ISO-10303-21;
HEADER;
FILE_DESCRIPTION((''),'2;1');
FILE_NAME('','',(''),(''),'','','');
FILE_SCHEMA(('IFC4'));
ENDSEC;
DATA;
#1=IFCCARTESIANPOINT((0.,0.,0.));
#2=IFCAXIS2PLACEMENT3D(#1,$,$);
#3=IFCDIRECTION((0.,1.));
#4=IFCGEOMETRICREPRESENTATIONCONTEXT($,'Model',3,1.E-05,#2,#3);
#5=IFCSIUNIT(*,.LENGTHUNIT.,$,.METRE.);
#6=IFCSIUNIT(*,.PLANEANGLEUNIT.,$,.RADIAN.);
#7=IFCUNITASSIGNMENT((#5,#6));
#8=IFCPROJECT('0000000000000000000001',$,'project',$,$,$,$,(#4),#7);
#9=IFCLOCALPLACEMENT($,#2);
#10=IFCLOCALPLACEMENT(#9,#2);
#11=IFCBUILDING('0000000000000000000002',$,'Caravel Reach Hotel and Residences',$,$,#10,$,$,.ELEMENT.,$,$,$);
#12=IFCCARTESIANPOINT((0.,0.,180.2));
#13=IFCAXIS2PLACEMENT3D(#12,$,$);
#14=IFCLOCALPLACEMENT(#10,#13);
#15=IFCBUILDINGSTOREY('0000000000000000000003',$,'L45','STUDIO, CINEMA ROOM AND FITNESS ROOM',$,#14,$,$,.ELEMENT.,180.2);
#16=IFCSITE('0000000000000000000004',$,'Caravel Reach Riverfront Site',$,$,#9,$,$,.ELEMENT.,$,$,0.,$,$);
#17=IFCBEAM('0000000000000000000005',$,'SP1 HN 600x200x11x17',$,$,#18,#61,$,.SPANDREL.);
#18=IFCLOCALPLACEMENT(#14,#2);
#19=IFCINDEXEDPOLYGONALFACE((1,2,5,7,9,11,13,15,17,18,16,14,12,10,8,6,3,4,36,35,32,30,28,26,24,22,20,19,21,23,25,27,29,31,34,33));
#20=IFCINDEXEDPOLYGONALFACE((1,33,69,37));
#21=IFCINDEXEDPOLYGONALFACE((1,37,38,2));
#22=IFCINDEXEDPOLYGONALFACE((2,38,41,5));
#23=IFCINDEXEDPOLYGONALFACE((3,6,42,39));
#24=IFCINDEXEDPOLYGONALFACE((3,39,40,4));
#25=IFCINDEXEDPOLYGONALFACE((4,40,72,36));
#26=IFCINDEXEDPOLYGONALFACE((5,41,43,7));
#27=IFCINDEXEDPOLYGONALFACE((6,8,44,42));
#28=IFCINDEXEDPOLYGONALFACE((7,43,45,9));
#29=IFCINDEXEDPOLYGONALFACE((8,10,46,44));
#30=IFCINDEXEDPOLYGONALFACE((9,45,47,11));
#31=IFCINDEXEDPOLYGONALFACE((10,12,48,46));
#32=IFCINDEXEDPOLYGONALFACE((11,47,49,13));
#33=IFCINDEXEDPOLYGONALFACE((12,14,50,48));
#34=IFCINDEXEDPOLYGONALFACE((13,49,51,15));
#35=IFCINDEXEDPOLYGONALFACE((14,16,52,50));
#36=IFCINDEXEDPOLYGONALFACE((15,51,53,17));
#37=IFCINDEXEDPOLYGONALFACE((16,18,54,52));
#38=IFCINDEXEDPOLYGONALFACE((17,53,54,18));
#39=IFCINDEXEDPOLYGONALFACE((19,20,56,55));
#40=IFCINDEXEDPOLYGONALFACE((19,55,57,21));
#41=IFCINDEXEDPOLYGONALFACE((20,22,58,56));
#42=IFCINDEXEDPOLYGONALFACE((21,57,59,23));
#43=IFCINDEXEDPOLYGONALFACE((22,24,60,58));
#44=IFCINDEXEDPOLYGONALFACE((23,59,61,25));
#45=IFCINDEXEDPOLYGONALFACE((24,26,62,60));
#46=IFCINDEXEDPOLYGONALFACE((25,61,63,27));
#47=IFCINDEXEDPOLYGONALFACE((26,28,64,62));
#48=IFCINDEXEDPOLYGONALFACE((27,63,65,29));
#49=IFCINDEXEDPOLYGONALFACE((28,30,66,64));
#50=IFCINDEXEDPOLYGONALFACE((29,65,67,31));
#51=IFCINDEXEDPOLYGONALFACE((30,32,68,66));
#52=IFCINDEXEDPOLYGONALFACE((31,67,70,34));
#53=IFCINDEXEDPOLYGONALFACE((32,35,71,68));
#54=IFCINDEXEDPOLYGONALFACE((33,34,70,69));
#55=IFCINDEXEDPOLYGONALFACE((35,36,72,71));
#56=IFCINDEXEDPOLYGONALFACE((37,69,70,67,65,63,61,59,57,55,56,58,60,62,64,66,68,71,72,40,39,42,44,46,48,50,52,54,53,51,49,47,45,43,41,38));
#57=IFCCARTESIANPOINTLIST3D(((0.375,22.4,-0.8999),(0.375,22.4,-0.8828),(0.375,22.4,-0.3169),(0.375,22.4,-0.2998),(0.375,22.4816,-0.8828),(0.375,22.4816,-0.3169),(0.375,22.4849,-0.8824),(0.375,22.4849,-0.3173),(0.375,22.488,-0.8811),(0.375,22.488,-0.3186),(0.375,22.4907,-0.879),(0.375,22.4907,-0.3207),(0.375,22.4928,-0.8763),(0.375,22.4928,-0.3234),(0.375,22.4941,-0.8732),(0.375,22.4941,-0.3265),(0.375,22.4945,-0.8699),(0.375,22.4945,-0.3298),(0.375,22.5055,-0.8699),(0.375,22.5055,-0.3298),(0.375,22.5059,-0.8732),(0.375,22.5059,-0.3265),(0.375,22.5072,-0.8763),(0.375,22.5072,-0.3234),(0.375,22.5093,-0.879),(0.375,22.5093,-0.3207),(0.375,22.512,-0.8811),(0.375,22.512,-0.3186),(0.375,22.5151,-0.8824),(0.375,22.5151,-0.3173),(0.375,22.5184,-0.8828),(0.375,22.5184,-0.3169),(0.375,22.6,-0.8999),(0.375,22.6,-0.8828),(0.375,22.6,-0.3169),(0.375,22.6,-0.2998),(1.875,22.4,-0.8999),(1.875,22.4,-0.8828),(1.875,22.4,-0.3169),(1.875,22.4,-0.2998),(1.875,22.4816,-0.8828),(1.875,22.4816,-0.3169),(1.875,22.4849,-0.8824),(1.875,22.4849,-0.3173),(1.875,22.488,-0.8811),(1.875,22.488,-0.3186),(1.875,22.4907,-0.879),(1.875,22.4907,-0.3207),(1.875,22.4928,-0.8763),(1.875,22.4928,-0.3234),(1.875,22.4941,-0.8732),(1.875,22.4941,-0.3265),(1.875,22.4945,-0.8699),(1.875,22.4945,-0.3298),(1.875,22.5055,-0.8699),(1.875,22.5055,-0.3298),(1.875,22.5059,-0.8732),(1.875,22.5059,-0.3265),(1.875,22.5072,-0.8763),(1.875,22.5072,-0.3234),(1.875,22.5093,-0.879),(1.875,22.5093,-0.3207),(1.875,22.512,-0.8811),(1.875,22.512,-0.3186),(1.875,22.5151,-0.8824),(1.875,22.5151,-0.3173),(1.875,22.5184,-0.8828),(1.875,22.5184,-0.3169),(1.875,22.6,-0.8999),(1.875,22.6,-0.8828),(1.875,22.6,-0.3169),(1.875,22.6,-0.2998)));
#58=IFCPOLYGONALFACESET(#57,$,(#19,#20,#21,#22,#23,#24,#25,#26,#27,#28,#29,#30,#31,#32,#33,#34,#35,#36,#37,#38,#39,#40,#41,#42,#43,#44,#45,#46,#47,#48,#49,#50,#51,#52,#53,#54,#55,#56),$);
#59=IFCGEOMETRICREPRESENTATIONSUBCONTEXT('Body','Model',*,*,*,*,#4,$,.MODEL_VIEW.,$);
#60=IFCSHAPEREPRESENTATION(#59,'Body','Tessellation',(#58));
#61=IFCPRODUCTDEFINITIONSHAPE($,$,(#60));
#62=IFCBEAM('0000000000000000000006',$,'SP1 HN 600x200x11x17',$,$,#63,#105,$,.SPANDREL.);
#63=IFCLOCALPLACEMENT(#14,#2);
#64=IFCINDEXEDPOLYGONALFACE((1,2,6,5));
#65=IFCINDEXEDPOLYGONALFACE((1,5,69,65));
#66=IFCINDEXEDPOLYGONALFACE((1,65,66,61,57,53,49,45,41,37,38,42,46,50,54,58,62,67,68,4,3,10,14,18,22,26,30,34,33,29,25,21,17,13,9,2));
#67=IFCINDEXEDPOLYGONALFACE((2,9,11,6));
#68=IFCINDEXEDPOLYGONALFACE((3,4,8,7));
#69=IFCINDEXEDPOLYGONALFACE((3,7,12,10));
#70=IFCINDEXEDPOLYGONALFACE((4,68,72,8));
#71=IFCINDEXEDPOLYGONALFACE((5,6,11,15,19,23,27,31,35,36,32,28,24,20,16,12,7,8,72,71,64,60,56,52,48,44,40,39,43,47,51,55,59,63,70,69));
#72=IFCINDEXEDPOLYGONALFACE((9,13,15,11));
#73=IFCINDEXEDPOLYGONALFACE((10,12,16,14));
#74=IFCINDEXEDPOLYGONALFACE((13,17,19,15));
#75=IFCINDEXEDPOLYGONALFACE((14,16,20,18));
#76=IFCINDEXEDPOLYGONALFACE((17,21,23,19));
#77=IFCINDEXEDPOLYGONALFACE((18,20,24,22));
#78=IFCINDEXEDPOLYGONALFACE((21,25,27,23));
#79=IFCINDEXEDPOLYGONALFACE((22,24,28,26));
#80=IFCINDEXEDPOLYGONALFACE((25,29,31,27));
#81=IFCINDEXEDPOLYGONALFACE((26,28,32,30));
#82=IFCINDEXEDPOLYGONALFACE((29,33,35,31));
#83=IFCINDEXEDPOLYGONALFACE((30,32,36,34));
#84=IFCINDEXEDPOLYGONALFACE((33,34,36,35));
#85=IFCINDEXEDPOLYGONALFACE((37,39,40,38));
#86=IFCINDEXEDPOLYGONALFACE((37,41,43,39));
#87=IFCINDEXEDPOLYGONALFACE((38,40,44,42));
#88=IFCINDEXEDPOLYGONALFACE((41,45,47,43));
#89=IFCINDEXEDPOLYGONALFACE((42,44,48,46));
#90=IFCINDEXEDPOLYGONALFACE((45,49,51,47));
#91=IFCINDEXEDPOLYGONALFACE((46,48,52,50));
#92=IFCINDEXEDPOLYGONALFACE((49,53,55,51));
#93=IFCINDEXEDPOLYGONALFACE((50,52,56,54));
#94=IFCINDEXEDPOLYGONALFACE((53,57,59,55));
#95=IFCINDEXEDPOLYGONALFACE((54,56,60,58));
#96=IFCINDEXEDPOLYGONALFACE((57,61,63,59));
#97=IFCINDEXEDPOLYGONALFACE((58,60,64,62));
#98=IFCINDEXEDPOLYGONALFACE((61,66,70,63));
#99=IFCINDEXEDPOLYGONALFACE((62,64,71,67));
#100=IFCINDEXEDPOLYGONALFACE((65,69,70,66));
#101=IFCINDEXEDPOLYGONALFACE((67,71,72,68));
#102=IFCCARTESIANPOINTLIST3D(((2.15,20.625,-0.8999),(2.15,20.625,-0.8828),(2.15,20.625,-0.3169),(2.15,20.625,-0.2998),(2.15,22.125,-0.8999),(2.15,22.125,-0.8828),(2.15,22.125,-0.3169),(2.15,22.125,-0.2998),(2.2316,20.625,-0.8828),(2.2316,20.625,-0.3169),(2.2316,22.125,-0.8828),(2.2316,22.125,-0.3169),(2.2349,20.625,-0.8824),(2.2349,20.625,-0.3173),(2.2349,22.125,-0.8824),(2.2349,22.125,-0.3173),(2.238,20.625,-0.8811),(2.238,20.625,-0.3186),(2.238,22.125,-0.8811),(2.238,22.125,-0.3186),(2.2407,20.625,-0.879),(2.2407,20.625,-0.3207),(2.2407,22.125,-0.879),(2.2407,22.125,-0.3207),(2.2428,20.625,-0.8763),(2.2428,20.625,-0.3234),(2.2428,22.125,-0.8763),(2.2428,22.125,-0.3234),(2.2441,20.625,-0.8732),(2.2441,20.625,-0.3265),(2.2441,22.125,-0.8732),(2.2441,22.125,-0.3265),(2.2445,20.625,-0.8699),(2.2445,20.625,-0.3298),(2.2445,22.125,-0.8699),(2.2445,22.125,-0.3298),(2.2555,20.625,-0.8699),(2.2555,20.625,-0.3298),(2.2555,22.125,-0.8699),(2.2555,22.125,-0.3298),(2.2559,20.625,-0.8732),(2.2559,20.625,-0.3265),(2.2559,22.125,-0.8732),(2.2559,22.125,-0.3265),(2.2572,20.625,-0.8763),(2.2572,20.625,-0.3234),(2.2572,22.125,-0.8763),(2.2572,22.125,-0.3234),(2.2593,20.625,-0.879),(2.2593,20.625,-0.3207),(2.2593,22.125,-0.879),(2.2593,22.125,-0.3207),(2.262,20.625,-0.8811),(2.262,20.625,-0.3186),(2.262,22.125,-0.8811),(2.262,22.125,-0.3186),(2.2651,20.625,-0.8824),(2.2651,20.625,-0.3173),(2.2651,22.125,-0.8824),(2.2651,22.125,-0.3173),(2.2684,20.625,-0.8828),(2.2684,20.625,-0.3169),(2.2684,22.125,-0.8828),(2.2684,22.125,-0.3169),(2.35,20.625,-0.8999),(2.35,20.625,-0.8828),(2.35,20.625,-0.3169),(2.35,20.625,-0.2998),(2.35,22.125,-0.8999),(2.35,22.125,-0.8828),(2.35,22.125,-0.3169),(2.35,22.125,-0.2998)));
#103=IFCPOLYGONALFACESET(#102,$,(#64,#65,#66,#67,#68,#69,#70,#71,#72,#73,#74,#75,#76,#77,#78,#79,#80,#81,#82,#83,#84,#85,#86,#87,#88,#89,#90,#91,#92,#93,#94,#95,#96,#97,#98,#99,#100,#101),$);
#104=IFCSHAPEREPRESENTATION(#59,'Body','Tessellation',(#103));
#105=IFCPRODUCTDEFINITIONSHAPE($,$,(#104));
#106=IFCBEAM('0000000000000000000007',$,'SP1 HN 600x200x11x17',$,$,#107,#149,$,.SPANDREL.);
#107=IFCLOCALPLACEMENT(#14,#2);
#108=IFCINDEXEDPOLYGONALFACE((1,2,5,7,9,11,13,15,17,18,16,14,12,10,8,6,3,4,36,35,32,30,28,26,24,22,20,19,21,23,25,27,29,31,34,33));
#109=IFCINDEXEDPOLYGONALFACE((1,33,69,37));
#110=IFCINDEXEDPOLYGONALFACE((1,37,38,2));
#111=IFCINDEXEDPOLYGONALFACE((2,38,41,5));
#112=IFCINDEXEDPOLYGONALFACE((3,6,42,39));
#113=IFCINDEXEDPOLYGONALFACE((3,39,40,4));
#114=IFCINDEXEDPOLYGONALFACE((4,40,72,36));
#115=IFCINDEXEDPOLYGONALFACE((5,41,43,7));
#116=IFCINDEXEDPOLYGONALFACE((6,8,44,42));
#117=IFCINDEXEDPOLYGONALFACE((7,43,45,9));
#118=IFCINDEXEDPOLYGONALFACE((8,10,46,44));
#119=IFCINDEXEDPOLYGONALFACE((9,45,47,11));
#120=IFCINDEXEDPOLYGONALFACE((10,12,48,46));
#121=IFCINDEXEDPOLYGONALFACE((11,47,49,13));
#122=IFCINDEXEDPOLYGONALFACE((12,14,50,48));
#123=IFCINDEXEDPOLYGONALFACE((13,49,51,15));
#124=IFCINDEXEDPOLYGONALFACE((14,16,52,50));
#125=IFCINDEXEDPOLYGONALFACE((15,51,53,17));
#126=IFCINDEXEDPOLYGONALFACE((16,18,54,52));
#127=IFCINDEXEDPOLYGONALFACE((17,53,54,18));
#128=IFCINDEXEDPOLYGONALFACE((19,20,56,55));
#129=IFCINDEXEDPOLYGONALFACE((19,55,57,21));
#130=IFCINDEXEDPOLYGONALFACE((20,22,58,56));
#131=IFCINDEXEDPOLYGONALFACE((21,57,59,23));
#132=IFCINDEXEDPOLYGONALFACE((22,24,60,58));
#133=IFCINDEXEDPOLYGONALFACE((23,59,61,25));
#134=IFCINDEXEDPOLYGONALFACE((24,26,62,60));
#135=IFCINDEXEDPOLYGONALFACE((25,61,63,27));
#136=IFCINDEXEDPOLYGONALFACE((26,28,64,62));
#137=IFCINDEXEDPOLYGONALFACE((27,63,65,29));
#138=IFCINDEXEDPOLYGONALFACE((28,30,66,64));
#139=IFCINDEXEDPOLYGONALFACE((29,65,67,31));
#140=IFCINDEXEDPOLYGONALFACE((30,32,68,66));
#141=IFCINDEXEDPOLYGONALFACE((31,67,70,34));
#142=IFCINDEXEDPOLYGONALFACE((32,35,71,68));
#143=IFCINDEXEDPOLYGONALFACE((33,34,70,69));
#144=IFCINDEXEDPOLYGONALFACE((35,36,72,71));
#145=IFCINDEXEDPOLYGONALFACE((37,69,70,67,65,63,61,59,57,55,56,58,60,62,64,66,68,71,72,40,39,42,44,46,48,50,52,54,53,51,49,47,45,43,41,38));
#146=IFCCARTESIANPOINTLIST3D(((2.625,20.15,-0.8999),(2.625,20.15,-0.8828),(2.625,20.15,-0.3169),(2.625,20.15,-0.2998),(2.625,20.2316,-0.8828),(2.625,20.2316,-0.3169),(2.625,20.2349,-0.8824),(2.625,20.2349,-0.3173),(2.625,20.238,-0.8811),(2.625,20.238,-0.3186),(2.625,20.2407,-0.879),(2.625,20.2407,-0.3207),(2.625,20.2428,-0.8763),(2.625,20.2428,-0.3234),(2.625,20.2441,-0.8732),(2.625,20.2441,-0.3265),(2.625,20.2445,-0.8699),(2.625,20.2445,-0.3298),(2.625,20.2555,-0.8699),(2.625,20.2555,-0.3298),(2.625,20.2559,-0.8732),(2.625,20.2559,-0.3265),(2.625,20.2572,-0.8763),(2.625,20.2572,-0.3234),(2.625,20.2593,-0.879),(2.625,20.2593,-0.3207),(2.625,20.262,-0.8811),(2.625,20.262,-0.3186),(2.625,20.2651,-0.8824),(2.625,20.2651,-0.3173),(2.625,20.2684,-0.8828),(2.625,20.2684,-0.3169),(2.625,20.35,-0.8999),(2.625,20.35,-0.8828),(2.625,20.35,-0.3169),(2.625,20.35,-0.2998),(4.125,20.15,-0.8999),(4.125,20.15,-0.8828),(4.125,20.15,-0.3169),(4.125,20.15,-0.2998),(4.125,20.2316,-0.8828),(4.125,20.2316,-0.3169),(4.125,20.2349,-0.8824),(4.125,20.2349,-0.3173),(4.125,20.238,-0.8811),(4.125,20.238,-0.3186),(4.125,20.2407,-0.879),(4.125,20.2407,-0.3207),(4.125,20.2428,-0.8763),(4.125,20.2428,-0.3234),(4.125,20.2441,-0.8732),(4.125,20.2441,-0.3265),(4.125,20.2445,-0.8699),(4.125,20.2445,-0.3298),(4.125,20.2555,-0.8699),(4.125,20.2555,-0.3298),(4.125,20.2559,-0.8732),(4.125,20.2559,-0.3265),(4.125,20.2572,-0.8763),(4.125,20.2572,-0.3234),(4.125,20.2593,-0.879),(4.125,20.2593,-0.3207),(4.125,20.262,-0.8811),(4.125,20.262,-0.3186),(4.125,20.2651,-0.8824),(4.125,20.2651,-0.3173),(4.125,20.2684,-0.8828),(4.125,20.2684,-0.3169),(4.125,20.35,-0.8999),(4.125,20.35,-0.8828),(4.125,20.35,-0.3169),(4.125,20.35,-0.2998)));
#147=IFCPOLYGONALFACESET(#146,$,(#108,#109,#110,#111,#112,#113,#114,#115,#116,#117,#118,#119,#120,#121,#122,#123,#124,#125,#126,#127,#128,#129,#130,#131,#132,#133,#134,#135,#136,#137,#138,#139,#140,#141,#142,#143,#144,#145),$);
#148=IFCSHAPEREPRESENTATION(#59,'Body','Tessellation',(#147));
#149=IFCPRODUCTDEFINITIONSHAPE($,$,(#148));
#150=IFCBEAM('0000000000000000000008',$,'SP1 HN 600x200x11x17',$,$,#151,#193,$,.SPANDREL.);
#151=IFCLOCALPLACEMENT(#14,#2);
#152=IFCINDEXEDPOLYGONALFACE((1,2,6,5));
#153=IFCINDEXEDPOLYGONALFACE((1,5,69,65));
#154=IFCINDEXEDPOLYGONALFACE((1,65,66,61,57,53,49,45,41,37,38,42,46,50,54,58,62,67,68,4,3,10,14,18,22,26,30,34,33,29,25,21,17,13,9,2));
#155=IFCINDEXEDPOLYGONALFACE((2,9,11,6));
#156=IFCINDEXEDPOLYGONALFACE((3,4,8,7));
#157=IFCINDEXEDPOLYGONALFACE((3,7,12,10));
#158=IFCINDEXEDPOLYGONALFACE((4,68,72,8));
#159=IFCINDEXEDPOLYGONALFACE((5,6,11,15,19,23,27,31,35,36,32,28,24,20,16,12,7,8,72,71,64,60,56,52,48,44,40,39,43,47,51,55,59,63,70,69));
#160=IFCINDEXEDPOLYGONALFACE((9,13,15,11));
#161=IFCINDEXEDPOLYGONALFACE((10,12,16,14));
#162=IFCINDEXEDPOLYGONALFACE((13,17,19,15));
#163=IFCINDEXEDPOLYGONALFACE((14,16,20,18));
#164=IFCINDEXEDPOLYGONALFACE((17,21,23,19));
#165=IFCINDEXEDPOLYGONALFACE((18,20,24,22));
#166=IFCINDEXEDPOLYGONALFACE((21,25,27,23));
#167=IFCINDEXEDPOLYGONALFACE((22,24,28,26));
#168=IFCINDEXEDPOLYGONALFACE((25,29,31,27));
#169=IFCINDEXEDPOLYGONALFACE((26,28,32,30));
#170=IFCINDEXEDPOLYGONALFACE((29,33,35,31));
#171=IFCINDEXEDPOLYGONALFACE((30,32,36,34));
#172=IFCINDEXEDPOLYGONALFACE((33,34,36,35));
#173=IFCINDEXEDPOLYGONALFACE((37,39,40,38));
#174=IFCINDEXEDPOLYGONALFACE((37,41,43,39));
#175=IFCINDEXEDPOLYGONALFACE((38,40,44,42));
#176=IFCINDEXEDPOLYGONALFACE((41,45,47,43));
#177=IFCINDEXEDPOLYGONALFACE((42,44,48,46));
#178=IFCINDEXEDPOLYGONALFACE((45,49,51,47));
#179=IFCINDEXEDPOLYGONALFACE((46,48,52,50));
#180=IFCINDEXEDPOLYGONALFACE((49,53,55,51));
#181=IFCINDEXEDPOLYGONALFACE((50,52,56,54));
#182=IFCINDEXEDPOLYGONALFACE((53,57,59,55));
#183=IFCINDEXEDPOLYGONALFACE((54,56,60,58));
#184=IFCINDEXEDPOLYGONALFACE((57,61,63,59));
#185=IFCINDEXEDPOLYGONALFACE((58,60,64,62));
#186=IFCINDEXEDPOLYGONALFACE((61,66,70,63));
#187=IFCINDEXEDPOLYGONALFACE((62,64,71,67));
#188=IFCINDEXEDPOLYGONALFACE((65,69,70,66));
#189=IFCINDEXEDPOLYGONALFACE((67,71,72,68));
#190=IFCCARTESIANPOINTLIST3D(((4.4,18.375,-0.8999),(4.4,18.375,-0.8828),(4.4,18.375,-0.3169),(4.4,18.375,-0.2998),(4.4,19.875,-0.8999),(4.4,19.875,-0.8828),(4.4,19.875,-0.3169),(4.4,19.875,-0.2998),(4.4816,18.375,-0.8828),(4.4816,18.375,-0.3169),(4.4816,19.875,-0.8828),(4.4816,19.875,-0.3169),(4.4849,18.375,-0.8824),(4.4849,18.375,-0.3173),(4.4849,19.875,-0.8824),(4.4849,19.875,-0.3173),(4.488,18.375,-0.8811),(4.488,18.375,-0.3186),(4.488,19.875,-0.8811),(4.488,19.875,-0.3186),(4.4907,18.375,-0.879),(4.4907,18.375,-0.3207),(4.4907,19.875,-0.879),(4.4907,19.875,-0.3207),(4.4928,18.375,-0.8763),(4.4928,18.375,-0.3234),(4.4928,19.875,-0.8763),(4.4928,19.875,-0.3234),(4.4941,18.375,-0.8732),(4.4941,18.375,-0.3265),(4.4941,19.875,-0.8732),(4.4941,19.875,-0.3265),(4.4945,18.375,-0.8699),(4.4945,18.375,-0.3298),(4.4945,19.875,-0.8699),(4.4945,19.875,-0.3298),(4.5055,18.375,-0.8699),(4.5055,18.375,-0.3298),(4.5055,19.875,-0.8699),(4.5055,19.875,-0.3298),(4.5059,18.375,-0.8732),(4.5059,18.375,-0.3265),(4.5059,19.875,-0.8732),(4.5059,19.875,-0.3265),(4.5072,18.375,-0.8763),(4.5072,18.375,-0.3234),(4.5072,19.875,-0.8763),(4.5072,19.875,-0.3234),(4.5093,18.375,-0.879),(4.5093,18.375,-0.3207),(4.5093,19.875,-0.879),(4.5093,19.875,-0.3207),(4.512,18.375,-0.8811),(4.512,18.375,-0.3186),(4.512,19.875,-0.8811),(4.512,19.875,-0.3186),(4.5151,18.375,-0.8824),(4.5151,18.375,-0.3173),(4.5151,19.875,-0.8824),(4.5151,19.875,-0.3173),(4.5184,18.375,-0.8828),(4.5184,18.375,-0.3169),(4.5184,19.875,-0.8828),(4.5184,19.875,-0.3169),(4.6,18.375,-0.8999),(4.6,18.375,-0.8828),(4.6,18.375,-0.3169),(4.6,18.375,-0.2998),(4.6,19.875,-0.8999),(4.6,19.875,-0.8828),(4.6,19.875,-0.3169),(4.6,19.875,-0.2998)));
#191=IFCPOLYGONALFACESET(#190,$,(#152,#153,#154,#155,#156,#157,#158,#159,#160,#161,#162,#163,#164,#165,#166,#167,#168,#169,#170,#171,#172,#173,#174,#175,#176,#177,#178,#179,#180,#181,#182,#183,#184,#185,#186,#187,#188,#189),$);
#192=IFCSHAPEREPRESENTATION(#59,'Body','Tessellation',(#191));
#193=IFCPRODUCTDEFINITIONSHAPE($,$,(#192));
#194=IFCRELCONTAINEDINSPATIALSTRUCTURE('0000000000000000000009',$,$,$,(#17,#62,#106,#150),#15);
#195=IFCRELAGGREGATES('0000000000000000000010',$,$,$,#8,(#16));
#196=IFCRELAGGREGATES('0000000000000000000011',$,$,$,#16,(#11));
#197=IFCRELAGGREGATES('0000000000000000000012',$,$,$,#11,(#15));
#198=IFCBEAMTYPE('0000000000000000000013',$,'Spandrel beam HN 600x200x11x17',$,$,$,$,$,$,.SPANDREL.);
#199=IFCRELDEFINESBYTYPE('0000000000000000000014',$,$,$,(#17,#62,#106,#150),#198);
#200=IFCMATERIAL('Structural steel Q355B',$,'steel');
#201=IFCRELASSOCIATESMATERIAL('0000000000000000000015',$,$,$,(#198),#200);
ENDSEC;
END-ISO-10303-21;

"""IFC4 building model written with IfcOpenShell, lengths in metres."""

from ifc_helpers import new_model, si_unit, direction, frame, origin, origin_2d, place, context, subcontext, project, spatial, i_section, extrude, material, material_profile, profile_set, type_object, element, save


model = new_model("IFC4")

# Units and contexts
model_context = context("Model", 3, precision=1e-05, world=origin(), true_north=direction((0.0, 1.0)))
body_context = subcontext(model_context, "Body", "Model", "MODEL_VIEW")
ifc_project = project(units=[si_unit("LENGTHUNIT", "METRE"), si_unit("PLANEANGLEUNIT", "RADIAN")], contexts=[model_context])

# Site, building, storey
site_placement = place(None, origin())
site = spatial("IfcSite", under=ifc_project, at=site_placement, Name="Caravel Reach Riverfront Site", CompositionType="ELEMENT", RefElevation=0.0)
building_placement = place(site_placement, origin())
building = spatial("IfcBuilding", under=site, at=building_placement, Name="Caravel Reach Hotel and Residences", CompositionType="ELEMENT")
storey_placement = place(building_placement, frame((0.0, 0.0, 180.2)))
storey = spatial("IfcBuildingStorey", under=building, at=storey_placement, Name="L45", Description="STUDIO, CINEMA ROOM AND FITNESS ROOM", CompositionType="ELEMENT", Elevation=180.2)

# Beams
ifc_material_1 = material(Name="Structural steel Q355B", Category="steel")
ifc_material_profile_1 = material_profile(ifc_material_1, i_section(OverallWidth=0.2, OverallDepth=0.6001, WebThickness=0.011, FlangeThickness=0.0171, FilletRadius=0.0129, at=origin_2d()), Name="HN 600x200x11x17")
ifc_profile_set_1 = profile_set([ifc_material_profile_1], Name="Structural steel Q355B")
beam_type_1 = type_object("IfcBeamType", Name="Spandrel beam HN 600x200x11x17", PredefinedType="SPANDREL", material=ifc_profile_set_1)
for number, where, z_axis, x_axis, name in (
    (1, (0.375, 22.5, -0.5999), (1.0, 0.0, 0.0), (0.0, 1.0, 0.0), "SP1 HN 600x200x11x17"),
    (2, (2.25, 22.125, -0.5999), (0.0, -1.0, 0.0), (1.0, 0.0, 0.0), "SP1 HN 600x200x11x17"),
    (3, (2.625, 20.25, -0.5999), (1.0, 0.0, 0.0), (0.0, 1.0, 0.0), "SP1 HN 600x200x11x17"),
    (4, (4.5, 19.875, -0.5999), (0.0, -1.0, 0.0), (1.0, 0.0, 0.0), "SP1 HN 600x200x11x17"),
):
    element("IfcBeam", number, at=place(storey_placement, frame(where, z_axis=z_axis, x_axis=x_axis)), inside=storey, type_object=beam_type_1, Name=name, PredefinedType="SPANDREL", context=body_context, shape_type="SweptSolid", body=[
        extrude(i_section(OverallWidth=0.2, OverallDepth=0.6001, WebThickness=0.011, FlangeThickness=0.0171, FilletRadius=0.0129, at=origin_2d()), origin(), (0.0, 0.0, 1.0), 1.5),
    ])

save(model, "model.ifc")
